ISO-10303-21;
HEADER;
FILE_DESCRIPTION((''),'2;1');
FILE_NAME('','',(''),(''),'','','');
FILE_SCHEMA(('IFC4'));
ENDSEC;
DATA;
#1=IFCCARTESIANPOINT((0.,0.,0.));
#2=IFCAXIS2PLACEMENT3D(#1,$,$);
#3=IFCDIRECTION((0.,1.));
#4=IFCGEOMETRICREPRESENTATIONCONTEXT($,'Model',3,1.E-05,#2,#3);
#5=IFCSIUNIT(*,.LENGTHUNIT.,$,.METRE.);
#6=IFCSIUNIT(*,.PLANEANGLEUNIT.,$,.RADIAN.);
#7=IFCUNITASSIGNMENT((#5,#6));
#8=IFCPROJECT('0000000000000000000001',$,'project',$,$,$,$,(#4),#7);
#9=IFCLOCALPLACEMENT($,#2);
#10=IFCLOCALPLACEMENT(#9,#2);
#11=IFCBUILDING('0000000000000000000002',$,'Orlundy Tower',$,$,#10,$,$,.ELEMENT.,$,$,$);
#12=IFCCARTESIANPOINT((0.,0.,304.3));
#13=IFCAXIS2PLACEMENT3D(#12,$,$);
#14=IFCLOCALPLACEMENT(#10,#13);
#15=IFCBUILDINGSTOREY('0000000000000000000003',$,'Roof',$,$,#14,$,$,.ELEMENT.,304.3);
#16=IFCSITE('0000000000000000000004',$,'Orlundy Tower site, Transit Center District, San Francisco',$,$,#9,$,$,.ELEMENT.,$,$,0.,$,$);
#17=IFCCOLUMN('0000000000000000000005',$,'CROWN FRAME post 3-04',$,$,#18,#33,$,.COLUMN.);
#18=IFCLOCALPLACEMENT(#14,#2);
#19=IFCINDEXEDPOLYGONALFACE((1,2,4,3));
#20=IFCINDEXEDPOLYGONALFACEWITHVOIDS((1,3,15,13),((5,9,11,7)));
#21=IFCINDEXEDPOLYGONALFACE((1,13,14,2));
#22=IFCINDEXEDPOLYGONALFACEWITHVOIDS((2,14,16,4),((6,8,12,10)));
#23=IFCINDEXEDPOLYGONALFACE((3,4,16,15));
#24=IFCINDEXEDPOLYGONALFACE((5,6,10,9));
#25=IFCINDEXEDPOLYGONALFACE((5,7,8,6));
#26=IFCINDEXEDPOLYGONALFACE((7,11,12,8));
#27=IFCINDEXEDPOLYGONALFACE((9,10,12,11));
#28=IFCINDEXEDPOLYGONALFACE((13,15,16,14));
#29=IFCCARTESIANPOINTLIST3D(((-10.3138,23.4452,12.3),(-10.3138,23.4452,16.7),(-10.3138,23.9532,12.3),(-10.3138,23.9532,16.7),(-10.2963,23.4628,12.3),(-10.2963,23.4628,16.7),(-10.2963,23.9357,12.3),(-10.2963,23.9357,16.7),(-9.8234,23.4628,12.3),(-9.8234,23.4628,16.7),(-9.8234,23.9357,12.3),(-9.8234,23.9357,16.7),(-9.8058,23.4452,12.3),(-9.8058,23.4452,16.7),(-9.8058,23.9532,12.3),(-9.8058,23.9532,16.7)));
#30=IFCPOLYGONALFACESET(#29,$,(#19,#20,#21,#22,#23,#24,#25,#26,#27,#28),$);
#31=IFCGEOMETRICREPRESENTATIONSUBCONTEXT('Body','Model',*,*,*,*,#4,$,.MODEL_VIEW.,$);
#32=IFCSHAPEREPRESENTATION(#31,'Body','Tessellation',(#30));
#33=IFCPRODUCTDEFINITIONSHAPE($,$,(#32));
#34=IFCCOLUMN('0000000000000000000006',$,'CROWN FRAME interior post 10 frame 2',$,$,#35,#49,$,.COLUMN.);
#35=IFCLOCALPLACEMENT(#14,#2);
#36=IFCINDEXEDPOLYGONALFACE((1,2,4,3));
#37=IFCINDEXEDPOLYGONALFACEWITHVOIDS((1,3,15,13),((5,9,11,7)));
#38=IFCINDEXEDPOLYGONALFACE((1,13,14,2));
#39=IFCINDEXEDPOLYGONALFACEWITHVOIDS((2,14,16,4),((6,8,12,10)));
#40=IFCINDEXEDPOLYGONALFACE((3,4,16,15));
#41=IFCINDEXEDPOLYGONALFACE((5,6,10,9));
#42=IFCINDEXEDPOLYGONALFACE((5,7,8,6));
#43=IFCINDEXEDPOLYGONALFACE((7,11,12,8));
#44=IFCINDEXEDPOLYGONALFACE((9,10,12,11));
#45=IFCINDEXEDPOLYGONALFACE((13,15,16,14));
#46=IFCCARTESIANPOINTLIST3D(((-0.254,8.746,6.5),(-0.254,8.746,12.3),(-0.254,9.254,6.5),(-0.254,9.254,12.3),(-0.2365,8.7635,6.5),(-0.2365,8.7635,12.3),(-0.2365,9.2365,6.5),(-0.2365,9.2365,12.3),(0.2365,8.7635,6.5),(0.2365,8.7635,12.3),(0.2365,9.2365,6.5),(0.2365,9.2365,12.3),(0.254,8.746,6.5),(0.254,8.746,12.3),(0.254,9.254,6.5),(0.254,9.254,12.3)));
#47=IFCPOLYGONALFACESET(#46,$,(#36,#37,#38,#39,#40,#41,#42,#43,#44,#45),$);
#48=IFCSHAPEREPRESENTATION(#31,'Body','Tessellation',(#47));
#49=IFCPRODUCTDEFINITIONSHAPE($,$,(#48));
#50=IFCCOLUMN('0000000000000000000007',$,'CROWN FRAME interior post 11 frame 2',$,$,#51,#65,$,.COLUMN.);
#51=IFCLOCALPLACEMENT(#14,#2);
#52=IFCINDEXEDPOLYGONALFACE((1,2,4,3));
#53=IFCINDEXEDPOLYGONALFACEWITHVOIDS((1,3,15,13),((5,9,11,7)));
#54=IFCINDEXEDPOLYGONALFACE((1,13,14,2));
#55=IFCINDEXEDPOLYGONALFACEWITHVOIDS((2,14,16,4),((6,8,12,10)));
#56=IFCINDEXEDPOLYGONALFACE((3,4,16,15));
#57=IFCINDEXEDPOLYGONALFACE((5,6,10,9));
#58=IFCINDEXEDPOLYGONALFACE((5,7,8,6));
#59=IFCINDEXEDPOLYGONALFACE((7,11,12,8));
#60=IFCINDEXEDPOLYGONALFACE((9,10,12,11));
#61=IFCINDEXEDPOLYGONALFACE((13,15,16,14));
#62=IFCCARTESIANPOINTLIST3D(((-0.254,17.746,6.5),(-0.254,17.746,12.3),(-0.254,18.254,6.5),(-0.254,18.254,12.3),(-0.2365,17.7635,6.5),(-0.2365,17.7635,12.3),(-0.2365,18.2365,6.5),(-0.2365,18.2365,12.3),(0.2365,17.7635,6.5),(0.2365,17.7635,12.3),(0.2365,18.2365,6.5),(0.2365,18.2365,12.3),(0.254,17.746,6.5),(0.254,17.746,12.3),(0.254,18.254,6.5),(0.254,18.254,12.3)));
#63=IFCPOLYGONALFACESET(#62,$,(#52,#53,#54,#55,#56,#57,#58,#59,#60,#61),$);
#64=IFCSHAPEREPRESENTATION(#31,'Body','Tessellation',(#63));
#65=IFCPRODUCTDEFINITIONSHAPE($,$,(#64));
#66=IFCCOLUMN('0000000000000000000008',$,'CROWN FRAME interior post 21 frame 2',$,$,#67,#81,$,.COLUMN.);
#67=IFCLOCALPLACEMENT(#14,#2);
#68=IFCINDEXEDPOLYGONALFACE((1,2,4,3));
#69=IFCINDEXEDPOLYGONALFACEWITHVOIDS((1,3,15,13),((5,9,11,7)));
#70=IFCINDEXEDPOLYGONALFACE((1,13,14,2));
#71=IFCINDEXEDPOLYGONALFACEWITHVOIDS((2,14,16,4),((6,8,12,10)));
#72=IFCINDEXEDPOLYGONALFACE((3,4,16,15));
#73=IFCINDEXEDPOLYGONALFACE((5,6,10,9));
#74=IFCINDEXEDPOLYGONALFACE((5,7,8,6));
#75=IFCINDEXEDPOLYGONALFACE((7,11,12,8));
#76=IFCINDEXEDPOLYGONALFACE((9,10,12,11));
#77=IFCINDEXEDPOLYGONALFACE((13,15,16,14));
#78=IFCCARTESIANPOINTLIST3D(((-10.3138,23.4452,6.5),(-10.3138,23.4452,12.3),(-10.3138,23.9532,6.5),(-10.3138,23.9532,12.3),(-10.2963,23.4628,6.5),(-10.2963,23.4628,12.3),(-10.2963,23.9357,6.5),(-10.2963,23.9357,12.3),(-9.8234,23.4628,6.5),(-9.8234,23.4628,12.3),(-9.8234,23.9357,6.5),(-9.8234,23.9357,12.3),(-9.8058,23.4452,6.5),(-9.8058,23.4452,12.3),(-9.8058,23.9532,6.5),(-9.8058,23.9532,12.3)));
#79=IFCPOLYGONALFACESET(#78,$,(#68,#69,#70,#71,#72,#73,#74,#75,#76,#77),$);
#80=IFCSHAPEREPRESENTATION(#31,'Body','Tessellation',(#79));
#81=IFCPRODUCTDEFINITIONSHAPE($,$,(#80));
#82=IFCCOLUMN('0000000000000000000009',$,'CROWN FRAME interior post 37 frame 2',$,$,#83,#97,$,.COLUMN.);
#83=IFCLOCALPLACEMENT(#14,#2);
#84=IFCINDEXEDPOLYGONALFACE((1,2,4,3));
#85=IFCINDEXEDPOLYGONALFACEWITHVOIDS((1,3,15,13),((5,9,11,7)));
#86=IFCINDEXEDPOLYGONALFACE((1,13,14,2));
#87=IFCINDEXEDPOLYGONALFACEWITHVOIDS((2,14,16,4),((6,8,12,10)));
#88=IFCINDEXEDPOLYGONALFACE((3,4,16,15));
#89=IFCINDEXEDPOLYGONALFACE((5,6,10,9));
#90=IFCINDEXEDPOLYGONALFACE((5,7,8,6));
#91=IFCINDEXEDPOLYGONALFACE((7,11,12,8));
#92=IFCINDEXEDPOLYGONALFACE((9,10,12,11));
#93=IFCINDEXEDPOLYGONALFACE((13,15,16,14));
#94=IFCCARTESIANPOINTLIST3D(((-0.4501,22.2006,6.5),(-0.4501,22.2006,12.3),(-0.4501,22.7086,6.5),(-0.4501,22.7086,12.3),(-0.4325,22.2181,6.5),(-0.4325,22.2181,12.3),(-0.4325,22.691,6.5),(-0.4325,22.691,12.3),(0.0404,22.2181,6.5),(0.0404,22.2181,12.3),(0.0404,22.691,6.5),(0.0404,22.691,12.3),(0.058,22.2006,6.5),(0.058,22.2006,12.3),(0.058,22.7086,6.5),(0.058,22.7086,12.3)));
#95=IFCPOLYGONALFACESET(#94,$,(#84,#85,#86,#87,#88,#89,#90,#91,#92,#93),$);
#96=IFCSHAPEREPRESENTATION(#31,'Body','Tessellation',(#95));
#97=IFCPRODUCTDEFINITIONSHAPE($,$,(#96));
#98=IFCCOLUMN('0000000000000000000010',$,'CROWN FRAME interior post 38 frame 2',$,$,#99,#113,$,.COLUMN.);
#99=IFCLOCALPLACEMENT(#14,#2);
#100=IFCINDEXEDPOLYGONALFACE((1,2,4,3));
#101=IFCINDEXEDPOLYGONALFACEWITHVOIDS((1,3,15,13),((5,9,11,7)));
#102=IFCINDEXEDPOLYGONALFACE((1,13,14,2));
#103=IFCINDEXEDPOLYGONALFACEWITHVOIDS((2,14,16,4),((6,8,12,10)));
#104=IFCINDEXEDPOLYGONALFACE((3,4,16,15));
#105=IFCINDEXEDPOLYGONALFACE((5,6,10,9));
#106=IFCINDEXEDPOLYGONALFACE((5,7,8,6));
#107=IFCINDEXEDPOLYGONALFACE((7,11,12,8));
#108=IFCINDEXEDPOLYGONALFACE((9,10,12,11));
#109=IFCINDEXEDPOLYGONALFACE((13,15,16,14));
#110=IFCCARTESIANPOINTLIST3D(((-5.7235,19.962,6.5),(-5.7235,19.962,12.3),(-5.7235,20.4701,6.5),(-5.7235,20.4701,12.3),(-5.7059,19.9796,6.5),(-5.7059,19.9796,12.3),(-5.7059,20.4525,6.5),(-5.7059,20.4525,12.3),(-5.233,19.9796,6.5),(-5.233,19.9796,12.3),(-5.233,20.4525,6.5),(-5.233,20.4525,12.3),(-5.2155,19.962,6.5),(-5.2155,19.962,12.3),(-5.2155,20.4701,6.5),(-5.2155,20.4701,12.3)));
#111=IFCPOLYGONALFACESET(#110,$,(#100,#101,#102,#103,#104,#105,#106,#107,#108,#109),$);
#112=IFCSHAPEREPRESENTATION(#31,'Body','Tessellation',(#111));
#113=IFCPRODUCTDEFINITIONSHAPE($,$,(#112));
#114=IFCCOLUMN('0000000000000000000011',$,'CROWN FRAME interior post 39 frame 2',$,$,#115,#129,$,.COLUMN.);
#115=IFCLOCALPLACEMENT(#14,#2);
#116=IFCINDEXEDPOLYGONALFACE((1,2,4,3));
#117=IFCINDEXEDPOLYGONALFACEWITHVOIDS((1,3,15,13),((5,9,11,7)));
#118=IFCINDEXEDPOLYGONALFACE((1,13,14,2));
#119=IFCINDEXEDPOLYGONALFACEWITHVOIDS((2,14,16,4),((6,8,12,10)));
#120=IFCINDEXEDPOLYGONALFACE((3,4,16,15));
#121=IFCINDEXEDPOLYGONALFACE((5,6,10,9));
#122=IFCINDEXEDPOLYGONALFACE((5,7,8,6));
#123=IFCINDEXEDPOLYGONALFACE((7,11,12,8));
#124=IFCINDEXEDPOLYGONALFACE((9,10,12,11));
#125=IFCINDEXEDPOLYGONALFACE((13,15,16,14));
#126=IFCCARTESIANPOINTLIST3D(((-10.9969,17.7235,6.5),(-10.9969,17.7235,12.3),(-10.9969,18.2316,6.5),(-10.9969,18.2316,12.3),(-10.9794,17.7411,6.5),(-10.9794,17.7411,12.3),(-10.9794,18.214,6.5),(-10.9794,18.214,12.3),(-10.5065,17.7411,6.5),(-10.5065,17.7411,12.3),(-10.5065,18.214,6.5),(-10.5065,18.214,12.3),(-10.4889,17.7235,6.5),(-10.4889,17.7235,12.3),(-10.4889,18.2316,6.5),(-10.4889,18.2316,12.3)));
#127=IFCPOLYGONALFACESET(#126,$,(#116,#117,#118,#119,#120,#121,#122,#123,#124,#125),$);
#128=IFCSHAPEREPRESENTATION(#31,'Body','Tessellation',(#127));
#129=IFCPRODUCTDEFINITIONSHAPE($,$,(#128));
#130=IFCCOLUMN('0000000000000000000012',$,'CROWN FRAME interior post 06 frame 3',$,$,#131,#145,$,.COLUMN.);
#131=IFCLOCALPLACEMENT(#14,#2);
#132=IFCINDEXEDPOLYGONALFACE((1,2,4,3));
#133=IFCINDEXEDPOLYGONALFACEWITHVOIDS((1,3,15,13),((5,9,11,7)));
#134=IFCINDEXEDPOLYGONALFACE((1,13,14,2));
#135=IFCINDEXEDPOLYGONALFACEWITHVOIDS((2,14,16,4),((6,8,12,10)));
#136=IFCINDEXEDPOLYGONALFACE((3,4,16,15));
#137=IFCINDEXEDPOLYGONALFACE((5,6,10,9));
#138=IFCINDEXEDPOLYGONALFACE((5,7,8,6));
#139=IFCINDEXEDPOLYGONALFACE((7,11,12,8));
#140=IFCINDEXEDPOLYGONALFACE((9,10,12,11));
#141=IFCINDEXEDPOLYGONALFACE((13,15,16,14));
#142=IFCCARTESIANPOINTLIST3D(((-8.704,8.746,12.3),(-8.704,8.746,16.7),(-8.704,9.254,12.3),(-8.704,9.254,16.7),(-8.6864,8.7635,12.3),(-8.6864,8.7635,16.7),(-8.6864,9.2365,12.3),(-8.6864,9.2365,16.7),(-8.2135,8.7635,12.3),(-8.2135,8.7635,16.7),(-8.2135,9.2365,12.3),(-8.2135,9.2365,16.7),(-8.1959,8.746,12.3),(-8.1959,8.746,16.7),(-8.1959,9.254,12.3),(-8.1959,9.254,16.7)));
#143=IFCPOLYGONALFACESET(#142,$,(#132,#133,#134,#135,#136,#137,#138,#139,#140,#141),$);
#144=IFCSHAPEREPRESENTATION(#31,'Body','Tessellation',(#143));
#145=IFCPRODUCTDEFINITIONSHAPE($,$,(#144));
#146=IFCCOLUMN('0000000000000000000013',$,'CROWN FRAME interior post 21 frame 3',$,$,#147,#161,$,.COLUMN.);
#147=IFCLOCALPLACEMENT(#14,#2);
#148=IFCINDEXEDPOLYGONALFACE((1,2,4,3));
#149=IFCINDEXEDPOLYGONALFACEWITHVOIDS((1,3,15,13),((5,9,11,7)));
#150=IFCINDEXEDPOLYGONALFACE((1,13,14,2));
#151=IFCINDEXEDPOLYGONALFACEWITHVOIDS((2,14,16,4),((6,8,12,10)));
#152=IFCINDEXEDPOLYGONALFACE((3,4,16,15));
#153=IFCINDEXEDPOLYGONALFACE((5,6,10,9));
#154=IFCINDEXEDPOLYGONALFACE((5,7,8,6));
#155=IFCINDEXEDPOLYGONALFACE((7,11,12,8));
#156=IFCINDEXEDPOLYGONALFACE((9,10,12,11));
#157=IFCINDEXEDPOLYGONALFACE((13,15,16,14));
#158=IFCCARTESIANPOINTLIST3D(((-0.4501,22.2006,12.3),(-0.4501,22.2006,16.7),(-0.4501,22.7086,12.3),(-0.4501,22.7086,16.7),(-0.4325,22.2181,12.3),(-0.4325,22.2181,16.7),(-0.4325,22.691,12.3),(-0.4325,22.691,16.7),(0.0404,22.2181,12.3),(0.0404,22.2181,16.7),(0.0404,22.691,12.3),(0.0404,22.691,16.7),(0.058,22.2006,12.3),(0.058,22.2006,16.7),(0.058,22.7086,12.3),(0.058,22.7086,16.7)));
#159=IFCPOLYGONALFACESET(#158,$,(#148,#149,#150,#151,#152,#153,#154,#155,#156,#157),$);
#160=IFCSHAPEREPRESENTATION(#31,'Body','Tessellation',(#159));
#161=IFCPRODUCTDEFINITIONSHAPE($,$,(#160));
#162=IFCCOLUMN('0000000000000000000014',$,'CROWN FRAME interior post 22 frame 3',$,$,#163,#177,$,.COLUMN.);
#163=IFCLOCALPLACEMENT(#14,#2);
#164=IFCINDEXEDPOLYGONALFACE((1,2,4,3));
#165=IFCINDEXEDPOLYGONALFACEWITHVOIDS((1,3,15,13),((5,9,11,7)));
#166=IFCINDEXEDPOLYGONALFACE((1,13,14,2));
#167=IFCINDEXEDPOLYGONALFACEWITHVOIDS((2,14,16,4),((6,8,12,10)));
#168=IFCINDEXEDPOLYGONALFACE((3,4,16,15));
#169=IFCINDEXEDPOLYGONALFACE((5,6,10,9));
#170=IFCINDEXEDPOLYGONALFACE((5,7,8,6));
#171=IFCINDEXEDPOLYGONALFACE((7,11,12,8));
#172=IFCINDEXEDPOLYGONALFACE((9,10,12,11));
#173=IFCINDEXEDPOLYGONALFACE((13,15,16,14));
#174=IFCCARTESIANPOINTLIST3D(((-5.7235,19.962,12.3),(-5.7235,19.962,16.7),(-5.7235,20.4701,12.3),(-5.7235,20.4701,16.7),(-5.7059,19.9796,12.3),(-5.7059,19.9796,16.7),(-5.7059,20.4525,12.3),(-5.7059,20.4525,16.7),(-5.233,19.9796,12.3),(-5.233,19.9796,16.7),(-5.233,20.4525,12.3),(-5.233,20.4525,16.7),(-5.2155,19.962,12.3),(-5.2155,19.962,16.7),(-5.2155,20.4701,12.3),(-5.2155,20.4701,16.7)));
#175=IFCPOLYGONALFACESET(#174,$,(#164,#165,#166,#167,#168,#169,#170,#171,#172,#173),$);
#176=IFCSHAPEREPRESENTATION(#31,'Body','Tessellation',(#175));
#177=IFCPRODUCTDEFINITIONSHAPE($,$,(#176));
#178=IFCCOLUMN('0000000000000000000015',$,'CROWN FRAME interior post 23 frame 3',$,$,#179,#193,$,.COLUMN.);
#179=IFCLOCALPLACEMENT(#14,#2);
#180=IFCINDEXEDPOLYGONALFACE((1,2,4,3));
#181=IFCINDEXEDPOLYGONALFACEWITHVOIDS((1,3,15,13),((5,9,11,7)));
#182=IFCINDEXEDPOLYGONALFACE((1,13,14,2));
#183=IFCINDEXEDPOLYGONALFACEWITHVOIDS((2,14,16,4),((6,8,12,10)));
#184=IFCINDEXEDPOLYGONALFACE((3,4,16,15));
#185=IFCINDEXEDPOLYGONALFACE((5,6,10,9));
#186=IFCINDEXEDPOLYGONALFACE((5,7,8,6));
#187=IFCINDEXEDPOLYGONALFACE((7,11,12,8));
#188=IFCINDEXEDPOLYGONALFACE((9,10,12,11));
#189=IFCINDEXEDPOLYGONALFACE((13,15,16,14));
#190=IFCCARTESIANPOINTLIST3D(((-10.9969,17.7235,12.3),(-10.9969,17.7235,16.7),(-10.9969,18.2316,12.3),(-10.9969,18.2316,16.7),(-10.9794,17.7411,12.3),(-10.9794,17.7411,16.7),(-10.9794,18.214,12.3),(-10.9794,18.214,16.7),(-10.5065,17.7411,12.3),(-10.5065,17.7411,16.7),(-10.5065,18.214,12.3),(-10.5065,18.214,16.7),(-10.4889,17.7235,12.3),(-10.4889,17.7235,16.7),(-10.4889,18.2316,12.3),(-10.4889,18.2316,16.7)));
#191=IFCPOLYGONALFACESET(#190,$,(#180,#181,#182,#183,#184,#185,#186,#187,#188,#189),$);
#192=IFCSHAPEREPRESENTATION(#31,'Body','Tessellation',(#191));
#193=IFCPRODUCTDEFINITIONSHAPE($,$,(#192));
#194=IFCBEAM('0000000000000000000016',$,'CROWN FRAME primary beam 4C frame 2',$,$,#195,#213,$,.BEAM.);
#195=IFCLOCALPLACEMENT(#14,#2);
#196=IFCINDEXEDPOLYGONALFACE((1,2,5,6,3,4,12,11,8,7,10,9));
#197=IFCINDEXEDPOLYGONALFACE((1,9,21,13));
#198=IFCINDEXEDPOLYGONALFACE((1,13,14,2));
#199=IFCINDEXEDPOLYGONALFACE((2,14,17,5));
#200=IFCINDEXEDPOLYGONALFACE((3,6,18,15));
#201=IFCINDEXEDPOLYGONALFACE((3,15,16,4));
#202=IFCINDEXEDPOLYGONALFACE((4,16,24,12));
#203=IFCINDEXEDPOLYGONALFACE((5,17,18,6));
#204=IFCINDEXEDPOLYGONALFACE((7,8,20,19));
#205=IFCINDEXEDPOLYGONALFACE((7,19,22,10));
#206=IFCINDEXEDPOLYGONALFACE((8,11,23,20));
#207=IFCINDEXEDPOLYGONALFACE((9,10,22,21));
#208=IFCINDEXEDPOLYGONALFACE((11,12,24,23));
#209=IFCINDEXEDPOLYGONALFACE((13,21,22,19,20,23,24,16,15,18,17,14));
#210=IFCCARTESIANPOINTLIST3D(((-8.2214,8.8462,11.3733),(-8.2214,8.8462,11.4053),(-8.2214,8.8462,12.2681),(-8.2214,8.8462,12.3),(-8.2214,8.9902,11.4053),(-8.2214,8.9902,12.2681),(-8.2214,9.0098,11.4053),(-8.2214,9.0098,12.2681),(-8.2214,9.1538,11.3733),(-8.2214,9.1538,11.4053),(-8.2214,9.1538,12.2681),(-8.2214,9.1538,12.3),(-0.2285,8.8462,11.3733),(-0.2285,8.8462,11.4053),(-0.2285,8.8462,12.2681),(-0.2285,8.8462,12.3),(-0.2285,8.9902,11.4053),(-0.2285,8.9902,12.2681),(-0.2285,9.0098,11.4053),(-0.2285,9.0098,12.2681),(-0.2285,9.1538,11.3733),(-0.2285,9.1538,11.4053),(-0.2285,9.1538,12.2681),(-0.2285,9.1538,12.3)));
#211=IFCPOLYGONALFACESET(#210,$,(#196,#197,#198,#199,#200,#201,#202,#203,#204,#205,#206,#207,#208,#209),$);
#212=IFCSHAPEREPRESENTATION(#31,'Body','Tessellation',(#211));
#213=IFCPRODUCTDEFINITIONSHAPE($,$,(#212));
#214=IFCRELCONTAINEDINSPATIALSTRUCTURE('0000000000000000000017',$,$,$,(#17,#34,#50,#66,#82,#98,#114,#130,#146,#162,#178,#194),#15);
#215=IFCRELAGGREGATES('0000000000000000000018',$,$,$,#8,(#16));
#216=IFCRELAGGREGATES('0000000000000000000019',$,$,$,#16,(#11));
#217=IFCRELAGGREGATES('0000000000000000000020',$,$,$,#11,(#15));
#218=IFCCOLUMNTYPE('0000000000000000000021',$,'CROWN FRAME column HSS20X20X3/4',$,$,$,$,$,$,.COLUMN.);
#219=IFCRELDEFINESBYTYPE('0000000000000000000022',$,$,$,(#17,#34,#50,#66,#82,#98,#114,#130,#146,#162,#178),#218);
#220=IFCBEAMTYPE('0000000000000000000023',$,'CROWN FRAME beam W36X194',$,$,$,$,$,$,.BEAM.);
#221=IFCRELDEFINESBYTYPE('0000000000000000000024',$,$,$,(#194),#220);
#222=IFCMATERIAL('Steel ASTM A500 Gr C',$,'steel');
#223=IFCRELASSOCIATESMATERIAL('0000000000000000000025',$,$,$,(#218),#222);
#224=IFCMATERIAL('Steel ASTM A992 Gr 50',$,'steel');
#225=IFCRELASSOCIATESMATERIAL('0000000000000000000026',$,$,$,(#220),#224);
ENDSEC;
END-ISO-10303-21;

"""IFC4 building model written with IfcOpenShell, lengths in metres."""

from ifc_helpers import new_model, si_unit, direction, frame, origin, origin_2d, place, context, subcontext, project, spatial, hollow_rectangle, i_section, extrude, material, material_profile, profile_set, type_object, element, save


model = new_model("IFC4")

# Units and contexts
model_context = context("Model", 3, precision=1e-05, world=origin(), true_north=direction((0.0, 1.0)))
body_context = subcontext(model_context, "Body", "Model", "MODEL_VIEW")
ifc_project = project(units=[si_unit("LENGTHUNIT", "METRE"), si_unit("PLANEANGLEUNIT", "RADIAN")], contexts=[model_context])

# Site, building, storey
site_placement = place(None, origin())
site = spatial("IfcSite", under=ifc_project, at=site_placement, Name="Orlundy Tower site, Transit Center District, San Francisco", CompositionType="ELEMENT", RefElevation=0.0)
building_placement = place(site_placement, origin())
building = spatial("IfcBuilding", under=site, at=building_placement, Name="Orlundy Tower", CompositionType="ELEMENT")
storey_placement = place(building_placement, frame((0.0, 0.0, 304.3)))
storey = spatial("IfcBuildingStorey", under=building, at=storey_placement, Name="Roof", CompositionType="ELEMENT", Elevation=304.3)

# Columns
ifc_material_1 = material(Name="Steel ASTM A500 Gr C", Category="steel")
ifc_material_profile_1 = material_profile(ifc_material_1, hollow_rectangle(XDim=0.5081, YDim=0.5081, WallThickness=0.0176, at=origin_2d()), Name="HSS20X20X3/4")
ifc_profile_set_1 = profile_set([ifc_material_profile_1], Name="Steel ASTM A500 Gr C")
column_type = type_object("IfcColumnType", Name="CROWN FRAME column HSS20X20X3/4", PredefinedType="COLUMN", material=ifc_profile_set_1)
column_placement = place(storey_placement, frame((-10.0598, 23.6992, 12.3), z_axis=(0.0, 0.0, 1.0), x_axis=(1.0, 0.0, 0.0)))
element("IfcColumn", 1, at=column_placement, inside=storey, type_object=column_type, Name="CROWN FRAME post 3-04", PredefinedType="COLUMN", context=body_context, shape_type="SweptSolid", body=[
    extrude(hollow_rectangle(XDim=0.5081, YDim=0.5081, WallThickness=0.0176, at=origin_2d()), origin(), (0.0, 0.0, 1.0), 4.3999),
])
for number, where, z_axis, x_axis, name in (
    (2, (0.0, 9.0, 6.5), (0.0, 0.0, 1.0), (1.0, 0.0, 0.0), "CROWN FRAME interior post 10 frame 2"),
    (3, (0.0, 18.0, 6.5), (0.0, 0.0, 1.0), (1.0, 0.0, 0.0), "CROWN FRAME interior post 11 frame 2"),
    (4, (-10.0598, 23.6992, 6.5), (0.0, 0.0, 1.0), (1.0, 0.0, 0.0), "CROWN FRAME interior post 21 frame 2"),
    (5, (-0.196, 22.4546, 6.5), (0.0, 0.0, 1.0), (1.0, 0.0, 0.0), "CROWN FRAME interior post 37 frame 2"),
    (6, (-5.4695, 20.2161, 6.5), (0.0, 0.0, 1.0), (1.0, 0.0, 0.0), "CROWN FRAME interior post 38 frame 2"),
    (7, (-10.7429, 17.9775, 6.5), (0.0, 0.0, 1.0), (1.0, 0.0, 0.0), "CROWN FRAME interior post 39 frame 2"),
):
    element("IfcColumn", number, at=place(storey_placement, frame(where, z_axis=z_axis, x_axis=x_axis)), inside=storey, type_object=column_type, Name=name, PredefinedType="COLUMN", context=body_context, shape_type="SweptSolid", body=[
        extrude(hollow_rectangle(XDim=0.5081, YDim=0.5081, WallThickness=0.0176, at=origin_2d()), origin(), (0.0, 0.0, 1.0), 5.8),
    ])
for number, where, z_axis, x_axis, name in (
    (8, (-8.45, 9.0, 12.3), (0.0, 0.0, 1.0), (1.0, 0.0, 0.0), "CROWN FRAME interior post 06 frame 3"),
    (9, (-0.196, 22.4546, 12.3), (0.0, 0.0, 1.0), (1.0, 0.0, 0.0), "CROWN FRAME interior post 21 frame 3"),
    (10, (-5.4695, 20.2161, 12.3), (0.0, 0.0, 1.0), (1.0, 0.0, 0.0), "CROWN FRAME interior post 22 frame 3"),
    (11, (-10.7429, 17.9775, 12.3), (0.0, 0.0, 1.0), (1.0, 0.0, 0.0), "CROWN FRAME interior post 23 frame 3"),
):
    element("IfcColumn", number, at=place(storey_placement, frame(where, z_axis=z_axis, x_axis=x_axis)), inside=storey, type_object=column_type, Name=name, PredefinedType="COLUMN", context=body_context, shape_type="SweptSolid", body=[
        extrude(hollow_rectangle(XDim=0.5081, YDim=0.5081, WallThickness=0.0176, at=origin_2d()), origin(), (0.0, 0.0, 1.0), 4.3999),
    ])

# Beam
ifc_material_2 = material(Name="Steel ASTM A992 Gr 50", Category="steel")
ifc_material_profile_2 = material_profile(ifc_material_2, i_section(OverallWidth=0.3076, OverallDepth=0.9268, WebThickness=0.0195, FlangeThickness=0.032, at=origin_2d()), Name="W36X194")
ifc_profile_set_2 = profile_set([ifc_material_profile_2], Name="Steel ASTM A992 Gr 50")
beam_type = type_object("IfcBeamType", Name="CROWN FRAME beam W36X194", PredefinedType="BEAM", material=ifc_profile_set_2)
beam_1_placement = place(storey_placement, frame((-8.2214, 9.0, 11.8367), z_axis=(1.0, 0.0, 0.0), x_axis=(0.0, 1.0, 0.0)))
element("IfcBeam", 12, at=beam_1_placement, inside=storey, type_object=beam_type, Name="CROWN FRAME primary beam 4C frame 2", PredefinedType="BEAM", context=body_context, shape_type="SweptSolid", body=[
    extrude(i_section(OverallWidth=0.3076, OverallDepth=0.9268, WebThickness=0.0195, FlangeThickness=0.032, at=origin_2d()), origin(), (0.0, 0.0, 1.0), 7.9929),
])

save(model, "model.ifc")
